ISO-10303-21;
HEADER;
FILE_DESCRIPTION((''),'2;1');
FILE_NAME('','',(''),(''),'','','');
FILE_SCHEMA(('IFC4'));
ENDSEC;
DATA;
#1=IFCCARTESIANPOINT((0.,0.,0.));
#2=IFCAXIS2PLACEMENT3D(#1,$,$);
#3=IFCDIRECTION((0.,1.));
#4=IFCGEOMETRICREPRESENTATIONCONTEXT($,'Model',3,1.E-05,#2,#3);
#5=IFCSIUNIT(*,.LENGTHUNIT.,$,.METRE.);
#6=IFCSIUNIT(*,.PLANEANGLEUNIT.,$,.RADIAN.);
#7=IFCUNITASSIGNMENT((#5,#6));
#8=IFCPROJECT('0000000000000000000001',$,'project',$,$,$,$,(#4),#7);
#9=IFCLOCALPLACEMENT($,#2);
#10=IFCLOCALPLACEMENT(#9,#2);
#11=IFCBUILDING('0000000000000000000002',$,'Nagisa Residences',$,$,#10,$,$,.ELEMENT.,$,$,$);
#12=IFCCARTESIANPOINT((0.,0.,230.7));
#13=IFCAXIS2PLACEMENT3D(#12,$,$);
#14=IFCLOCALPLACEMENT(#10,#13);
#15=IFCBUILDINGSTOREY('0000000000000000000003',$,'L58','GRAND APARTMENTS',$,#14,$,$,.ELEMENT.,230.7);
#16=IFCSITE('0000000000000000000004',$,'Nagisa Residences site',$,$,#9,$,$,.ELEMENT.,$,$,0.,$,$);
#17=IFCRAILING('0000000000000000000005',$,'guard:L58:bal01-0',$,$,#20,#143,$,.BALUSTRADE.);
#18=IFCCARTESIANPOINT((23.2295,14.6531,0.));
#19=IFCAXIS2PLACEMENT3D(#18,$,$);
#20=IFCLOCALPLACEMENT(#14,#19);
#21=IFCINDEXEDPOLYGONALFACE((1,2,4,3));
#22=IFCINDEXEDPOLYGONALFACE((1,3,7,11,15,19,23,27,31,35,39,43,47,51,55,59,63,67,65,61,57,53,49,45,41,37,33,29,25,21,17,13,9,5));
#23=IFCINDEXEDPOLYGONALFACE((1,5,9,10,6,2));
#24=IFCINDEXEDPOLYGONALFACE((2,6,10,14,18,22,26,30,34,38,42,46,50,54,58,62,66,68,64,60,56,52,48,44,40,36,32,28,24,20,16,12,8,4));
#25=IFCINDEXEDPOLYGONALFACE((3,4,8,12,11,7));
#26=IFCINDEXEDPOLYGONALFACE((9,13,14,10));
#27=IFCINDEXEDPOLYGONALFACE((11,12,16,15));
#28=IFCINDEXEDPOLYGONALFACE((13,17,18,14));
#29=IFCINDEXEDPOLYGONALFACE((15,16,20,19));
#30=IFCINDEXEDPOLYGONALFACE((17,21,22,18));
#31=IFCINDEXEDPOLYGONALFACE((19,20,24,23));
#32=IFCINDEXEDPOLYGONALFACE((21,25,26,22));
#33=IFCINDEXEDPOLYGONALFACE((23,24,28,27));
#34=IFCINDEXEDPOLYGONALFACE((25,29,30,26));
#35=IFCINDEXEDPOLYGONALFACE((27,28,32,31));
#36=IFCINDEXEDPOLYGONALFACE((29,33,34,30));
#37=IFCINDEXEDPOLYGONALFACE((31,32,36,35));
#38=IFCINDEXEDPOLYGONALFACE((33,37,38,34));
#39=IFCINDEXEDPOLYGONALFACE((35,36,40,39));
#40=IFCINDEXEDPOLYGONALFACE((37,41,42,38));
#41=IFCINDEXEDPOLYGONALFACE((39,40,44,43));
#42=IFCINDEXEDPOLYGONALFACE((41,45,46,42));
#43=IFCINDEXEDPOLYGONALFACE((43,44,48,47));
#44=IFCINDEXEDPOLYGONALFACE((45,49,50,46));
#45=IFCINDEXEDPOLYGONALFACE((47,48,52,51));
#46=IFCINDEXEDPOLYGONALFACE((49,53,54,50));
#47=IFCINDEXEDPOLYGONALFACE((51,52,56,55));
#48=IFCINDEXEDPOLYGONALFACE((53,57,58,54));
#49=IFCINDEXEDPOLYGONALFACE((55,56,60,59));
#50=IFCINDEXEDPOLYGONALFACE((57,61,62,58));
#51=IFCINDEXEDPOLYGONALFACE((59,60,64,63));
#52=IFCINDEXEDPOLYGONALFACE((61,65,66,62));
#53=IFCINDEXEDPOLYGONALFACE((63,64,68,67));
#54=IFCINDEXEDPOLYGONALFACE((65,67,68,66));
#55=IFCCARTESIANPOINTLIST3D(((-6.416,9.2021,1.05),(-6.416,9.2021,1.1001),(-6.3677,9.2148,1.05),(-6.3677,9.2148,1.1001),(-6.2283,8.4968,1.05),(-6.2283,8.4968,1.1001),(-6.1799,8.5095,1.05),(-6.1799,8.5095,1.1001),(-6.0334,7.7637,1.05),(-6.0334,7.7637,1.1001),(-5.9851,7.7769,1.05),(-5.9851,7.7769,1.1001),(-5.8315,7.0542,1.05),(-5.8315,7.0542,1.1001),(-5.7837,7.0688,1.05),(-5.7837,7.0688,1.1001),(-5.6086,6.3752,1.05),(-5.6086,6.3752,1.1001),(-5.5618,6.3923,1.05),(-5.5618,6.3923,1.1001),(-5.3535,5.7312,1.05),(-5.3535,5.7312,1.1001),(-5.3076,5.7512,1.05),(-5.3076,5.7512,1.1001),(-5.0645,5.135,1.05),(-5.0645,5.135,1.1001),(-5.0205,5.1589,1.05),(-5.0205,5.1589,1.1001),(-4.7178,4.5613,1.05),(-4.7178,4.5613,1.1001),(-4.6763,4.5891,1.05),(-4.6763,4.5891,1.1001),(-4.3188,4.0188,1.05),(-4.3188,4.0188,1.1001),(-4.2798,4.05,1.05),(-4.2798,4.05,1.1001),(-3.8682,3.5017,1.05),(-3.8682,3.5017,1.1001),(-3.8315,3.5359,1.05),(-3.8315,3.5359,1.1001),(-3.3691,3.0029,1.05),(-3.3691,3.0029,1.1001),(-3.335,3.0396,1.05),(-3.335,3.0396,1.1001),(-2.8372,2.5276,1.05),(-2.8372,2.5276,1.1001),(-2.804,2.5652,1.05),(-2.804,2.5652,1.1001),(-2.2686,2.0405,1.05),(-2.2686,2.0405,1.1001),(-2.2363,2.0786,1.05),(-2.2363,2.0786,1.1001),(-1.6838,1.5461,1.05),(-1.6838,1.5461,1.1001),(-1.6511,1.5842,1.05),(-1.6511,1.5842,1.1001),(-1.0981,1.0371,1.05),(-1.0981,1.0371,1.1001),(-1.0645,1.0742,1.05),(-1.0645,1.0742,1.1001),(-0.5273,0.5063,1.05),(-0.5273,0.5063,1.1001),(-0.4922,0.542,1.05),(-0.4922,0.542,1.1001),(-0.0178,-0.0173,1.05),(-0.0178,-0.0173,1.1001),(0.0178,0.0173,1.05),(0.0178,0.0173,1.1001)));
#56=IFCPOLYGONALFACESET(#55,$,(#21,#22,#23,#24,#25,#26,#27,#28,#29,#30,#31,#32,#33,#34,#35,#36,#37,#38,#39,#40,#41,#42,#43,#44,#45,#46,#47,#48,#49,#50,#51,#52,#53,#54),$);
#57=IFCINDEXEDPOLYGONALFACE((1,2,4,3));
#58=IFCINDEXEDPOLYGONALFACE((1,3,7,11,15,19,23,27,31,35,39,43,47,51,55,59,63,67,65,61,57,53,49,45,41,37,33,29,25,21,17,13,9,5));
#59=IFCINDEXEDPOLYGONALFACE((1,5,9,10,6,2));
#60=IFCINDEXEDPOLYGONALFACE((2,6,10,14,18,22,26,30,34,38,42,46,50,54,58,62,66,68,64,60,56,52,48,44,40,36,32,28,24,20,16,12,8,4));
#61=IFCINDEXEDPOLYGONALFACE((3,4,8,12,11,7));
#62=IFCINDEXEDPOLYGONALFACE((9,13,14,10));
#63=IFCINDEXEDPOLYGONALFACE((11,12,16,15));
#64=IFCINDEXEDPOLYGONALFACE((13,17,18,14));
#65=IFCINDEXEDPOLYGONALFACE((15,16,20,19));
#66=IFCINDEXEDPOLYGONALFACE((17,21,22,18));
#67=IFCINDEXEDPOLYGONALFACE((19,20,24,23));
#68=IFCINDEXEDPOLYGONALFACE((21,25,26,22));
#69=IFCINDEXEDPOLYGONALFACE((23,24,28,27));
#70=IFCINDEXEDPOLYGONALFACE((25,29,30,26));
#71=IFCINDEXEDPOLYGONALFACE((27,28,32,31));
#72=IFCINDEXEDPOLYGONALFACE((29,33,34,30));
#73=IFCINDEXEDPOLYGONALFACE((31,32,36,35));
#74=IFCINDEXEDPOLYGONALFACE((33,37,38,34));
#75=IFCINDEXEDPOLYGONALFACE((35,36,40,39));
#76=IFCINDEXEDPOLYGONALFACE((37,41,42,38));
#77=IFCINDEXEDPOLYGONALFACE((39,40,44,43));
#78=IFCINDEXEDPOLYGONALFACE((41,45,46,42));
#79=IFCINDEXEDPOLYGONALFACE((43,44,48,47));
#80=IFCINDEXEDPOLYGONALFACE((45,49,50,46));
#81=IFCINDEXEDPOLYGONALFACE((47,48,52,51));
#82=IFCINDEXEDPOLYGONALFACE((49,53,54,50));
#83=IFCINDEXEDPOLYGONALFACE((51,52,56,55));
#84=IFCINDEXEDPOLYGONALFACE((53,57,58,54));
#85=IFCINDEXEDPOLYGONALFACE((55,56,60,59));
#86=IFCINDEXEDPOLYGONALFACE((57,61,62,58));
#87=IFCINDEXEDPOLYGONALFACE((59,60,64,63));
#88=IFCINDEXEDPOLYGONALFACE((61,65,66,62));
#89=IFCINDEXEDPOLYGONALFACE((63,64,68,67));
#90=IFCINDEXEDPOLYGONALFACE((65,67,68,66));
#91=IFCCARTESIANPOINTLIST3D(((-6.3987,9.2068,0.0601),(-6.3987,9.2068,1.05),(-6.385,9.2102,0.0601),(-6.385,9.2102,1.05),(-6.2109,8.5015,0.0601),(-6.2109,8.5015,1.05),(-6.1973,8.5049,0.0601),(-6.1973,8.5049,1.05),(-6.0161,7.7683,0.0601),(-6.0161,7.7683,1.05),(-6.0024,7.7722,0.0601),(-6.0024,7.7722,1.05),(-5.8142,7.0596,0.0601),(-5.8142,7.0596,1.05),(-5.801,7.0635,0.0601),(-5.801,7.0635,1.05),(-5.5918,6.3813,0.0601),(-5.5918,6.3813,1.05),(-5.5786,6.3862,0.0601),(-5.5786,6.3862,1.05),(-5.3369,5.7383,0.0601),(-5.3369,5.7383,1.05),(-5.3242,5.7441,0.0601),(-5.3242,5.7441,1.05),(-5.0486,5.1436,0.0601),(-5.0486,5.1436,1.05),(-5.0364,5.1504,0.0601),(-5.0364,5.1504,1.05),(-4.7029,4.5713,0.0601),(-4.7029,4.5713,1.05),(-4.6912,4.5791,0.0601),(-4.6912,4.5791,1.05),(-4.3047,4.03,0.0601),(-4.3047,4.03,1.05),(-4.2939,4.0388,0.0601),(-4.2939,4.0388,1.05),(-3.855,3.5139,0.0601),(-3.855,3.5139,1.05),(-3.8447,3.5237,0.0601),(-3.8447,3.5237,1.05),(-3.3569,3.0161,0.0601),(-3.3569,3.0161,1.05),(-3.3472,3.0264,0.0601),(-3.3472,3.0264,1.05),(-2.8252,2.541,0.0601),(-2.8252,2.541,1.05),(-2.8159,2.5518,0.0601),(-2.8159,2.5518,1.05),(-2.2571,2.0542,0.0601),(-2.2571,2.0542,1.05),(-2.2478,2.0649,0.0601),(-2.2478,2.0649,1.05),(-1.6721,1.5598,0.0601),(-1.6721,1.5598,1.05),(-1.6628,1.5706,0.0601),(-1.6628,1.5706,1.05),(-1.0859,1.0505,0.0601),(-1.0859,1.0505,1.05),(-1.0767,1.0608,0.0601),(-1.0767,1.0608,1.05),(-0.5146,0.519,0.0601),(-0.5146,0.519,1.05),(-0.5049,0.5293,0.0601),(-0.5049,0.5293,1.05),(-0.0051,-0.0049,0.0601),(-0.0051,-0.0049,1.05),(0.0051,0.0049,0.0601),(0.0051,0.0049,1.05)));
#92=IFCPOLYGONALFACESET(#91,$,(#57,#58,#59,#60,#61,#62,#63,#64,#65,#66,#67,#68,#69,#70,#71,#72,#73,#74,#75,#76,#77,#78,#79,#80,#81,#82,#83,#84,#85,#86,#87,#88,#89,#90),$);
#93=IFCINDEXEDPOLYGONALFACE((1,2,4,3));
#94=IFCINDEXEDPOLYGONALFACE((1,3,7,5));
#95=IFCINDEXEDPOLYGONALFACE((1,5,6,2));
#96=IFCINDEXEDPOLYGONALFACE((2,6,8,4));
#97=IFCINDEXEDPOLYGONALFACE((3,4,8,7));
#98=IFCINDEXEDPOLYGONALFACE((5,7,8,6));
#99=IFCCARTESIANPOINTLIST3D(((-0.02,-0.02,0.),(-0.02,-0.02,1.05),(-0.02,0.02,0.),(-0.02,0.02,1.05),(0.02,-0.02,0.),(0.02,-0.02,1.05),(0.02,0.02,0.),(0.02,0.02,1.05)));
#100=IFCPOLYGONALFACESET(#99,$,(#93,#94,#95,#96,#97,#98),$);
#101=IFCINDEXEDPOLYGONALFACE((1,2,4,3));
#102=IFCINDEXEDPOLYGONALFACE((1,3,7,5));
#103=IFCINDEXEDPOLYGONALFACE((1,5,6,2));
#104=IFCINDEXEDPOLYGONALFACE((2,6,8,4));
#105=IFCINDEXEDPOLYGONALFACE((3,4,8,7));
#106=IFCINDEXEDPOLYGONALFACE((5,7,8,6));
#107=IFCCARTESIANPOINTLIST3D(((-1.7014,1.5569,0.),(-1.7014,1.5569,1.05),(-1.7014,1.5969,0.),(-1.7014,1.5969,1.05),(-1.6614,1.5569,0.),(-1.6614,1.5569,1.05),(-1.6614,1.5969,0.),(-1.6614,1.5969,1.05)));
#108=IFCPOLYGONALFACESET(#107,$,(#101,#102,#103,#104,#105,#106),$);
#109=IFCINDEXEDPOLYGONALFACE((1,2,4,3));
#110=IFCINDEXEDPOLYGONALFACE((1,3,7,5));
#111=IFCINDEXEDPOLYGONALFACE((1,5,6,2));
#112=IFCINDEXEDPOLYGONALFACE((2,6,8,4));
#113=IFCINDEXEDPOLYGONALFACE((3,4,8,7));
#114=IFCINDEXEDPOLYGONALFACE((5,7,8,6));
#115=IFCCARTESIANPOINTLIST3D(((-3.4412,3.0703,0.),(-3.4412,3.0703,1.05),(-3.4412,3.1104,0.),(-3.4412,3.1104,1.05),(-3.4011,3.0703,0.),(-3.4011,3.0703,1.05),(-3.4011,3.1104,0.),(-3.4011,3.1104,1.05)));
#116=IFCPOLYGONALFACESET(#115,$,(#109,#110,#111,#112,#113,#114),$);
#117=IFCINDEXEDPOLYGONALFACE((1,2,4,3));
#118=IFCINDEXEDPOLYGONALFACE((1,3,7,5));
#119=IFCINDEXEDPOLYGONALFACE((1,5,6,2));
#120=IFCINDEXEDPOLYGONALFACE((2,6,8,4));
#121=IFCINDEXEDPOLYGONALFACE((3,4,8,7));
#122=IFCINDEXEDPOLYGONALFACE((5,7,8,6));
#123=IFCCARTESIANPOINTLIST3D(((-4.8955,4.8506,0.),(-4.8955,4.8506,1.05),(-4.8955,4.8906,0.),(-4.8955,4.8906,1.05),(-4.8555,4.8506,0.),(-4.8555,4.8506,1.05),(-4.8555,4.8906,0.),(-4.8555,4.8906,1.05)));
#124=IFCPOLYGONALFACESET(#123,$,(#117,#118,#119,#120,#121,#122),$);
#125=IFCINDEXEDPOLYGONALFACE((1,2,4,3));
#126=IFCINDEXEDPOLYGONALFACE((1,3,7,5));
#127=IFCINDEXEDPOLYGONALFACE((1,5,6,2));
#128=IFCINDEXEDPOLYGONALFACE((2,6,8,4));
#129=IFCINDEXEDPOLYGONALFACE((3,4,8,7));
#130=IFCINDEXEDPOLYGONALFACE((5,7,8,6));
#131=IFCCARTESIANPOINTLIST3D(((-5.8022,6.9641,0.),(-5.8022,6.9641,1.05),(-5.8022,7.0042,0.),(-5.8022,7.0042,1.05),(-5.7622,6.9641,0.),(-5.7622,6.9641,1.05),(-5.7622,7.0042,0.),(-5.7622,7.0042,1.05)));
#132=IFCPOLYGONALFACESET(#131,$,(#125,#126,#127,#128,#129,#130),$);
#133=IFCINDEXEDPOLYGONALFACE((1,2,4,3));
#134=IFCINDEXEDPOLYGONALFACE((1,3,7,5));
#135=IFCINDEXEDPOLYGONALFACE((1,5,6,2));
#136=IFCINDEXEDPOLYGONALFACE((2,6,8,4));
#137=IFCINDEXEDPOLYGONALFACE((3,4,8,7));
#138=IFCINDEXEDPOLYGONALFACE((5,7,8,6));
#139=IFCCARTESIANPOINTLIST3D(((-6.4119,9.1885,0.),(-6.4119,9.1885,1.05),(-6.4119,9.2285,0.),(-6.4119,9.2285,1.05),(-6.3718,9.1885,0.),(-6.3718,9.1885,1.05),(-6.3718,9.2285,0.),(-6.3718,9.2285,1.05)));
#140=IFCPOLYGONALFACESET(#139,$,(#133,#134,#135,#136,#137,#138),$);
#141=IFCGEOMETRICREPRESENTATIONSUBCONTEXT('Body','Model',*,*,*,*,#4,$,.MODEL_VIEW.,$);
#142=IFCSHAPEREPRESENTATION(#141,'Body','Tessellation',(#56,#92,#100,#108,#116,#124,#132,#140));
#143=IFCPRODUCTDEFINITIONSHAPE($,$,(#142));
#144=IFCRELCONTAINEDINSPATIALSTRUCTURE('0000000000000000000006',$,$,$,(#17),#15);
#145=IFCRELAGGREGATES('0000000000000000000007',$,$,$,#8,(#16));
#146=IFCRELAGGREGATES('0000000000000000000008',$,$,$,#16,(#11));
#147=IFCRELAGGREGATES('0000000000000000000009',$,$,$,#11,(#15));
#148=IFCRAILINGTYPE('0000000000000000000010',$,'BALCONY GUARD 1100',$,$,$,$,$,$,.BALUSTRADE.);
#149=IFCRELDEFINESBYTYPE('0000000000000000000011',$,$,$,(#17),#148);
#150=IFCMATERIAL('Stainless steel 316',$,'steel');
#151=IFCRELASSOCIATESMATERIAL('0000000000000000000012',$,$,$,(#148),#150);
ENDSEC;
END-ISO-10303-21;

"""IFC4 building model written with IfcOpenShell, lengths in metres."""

from ifc_helpers import new_model, si_unit, direction, frame, origin, origin_2d, place, context, subcontext, project, spatial, polyline, rectangle, outline, extrude, material, type_object, element, save


model = new_model("IFC4")

# Units and contexts
model_context = context("Model", 3, precision=1e-05, world=origin(), true_north=direction((0.0, 1.0)))
body_context = subcontext(model_context, "Body", "Model", "MODEL_VIEW")
ifc_project = project(units=[si_unit("LENGTHUNIT", "METRE"), si_unit("PLANEANGLEUNIT", "RADIAN")], contexts=[model_context])

# Site, building, storey
site_placement = place(None, origin())
site = spatial("IfcSite", under=ifc_project, at=site_placement, Name="Nagisa Residences site", CompositionType="ELEMENT", RefElevation=0.0)
building_placement = place(site_placement, origin())
building = spatial("IfcBuilding", under=site, at=building_placement, Name="Nagisa Residences", CompositionType="ELEMENT")
storey_placement = place(building_placement, frame((0.0, 0.0, 230.7)))
storey = spatial("IfcBuildingStorey", under=building, at=storey_placement, Name="L58", Description="GRAND APARTMENTS", CompositionType="ELEMENT", Elevation=230.7)

# Railing
ifc_material_1 = material(Name="Stainless steel 316", Category="steel")
railing_type = type_object("IfcRailingType", Name="BALCONY GUARD 1100", PredefinedType="BALUSTRADE", material=ifc_material_1)
railing_1_placement = place(storey_placement, frame((23.2295, 14.6531, 0.0)))
element("IfcRailing", 1, at=railing_1_placement, inside=storey, type_object=railing_type, Name="guard:L58:bal01-0", PredefinedType="BALUSTRADE", context=body_context, shape_type="SweptSolid", body=[
    extrude(outline(polyline([(-0.5273, 0.5063), (-0.0178, -0.0173), (0.0178, 0.0173), (-0.4922, 0.542), (-1.0645, 1.0742), (-1.6511, 1.5842), (-2.2363, 2.0786), (-2.804, 2.5652), (-3.335, 3.0396), (-3.8315, 3.5359), (-4.2798, 4.05), (-4.6763, 4.5891), (-5.0205, 5.1589), (-5.3076, 5.7512), (-5.5618, 6.3923), (-5.7837, 7.0688), (-5.9851, 7.7769), (-6.1799, 8.5095), (-6.3677, 9.2148), (-6.416, 9.2021), (-6.2283, 8.4968), (-6.0334, 7.7637), (-5.8315, 7.0542), (-5.6086, 6.3752), (-5.3535, 5.7312), (-5.0645, 5.135), (-4.7178, 4.5613), (-4.3188, 4.0188), (-3.8682, 3.5017), (-3.3691, 3.0029), (-2.8372, 2.5276), (-2.2686, 2.0405), (-1.6838, 1.5461), (-1.0981, 1.0371), (-0.5273, 0.5063)])), frame((0.0, 0.0, 1.05)), (0.0, 0.0, 1.0), 0.05),
    extrude(outline(polyline([(-0.5146, 0.519), (-0.0051, -0.0049), (0.0051, 0.0049), (-0.5049, 0.5293), (-1.0767, 1.0608), (-1.6628, 1.5706), (-2.2478, 2.0649), (-2.8159, 2.5518), (-3.3472, 3.0264), (-3.8447, 3.5237), (-4.2939, 4.0388), (-4.6912, 4.5791), (-5.0364, 5.1504), (-5.3242, 5.7441), (-5.5786, 6.3862), (-5.801, 7.0635), (-6.0024, 7.7722), (-6.1973, 8.5049), (-6.385, 9.2102), (-6.3987, 9.2068), (-6.2109, 8.5015), (-6.0161, 7.7683), (-5.8142, 7.0596), (-5.5918, 6.3813), (-5.3369, 5.7383), (-5.0486, 5.1436), (-4.7029, 4.5713), (-4.3047, 4.03), (-3.855, 3.5139), (-3.3569, 3.0161), (-2.8252, 2.541), (-2.2571, 2.0542), (-1.6721, 1.5598), (-1.0859, 1.0505), (-0.5146, 0.519)])), frame((0.0, 0.0, 0.0601)), (0.0, 0.0, 1.0), 0.99),
    extrude(rectangle(XDim=0.04, YDim=0.04, at=origin_2d()), origin(), (0.0, 0.0, 1.0), 1.05),
    extrude(rectangle(XDim=0.04, YDim=0.04, at=origin_2d()), frame((-1.6814, 1.5769, 0.0)), (0.0, 0.0, 1.0), 1.05),
    extrude(rectangle(XDim=0.04, YDim=0.04, at=origin_2d()), frame((-3.4211, 3.0903, 0.0)), (0.0, 0.0, 1.0), 1.05),
    extrude(rectangle(XDim=0.04, YDim=0.04, at=origin_2d()), frame((-4.8755, 4.8706, 0.0)), (0.0, 0.0, 1.0), 1.05),
    extrude(rectangle(XDim=0.04, YDim=0.04, at=origin_2d()), frame((-5.7822, 6.9841, 0.0)), (0.0, 0.0, 1.0), 1.05),
    extrude(rectangle(XDim=0.04, YDim=0.04, at=origin_2d()), frame((-6.3918, 9.2085, 0.0)), (0.0, 0.0, 1.0), 1.05),
])

save(model, "model.ifc")
